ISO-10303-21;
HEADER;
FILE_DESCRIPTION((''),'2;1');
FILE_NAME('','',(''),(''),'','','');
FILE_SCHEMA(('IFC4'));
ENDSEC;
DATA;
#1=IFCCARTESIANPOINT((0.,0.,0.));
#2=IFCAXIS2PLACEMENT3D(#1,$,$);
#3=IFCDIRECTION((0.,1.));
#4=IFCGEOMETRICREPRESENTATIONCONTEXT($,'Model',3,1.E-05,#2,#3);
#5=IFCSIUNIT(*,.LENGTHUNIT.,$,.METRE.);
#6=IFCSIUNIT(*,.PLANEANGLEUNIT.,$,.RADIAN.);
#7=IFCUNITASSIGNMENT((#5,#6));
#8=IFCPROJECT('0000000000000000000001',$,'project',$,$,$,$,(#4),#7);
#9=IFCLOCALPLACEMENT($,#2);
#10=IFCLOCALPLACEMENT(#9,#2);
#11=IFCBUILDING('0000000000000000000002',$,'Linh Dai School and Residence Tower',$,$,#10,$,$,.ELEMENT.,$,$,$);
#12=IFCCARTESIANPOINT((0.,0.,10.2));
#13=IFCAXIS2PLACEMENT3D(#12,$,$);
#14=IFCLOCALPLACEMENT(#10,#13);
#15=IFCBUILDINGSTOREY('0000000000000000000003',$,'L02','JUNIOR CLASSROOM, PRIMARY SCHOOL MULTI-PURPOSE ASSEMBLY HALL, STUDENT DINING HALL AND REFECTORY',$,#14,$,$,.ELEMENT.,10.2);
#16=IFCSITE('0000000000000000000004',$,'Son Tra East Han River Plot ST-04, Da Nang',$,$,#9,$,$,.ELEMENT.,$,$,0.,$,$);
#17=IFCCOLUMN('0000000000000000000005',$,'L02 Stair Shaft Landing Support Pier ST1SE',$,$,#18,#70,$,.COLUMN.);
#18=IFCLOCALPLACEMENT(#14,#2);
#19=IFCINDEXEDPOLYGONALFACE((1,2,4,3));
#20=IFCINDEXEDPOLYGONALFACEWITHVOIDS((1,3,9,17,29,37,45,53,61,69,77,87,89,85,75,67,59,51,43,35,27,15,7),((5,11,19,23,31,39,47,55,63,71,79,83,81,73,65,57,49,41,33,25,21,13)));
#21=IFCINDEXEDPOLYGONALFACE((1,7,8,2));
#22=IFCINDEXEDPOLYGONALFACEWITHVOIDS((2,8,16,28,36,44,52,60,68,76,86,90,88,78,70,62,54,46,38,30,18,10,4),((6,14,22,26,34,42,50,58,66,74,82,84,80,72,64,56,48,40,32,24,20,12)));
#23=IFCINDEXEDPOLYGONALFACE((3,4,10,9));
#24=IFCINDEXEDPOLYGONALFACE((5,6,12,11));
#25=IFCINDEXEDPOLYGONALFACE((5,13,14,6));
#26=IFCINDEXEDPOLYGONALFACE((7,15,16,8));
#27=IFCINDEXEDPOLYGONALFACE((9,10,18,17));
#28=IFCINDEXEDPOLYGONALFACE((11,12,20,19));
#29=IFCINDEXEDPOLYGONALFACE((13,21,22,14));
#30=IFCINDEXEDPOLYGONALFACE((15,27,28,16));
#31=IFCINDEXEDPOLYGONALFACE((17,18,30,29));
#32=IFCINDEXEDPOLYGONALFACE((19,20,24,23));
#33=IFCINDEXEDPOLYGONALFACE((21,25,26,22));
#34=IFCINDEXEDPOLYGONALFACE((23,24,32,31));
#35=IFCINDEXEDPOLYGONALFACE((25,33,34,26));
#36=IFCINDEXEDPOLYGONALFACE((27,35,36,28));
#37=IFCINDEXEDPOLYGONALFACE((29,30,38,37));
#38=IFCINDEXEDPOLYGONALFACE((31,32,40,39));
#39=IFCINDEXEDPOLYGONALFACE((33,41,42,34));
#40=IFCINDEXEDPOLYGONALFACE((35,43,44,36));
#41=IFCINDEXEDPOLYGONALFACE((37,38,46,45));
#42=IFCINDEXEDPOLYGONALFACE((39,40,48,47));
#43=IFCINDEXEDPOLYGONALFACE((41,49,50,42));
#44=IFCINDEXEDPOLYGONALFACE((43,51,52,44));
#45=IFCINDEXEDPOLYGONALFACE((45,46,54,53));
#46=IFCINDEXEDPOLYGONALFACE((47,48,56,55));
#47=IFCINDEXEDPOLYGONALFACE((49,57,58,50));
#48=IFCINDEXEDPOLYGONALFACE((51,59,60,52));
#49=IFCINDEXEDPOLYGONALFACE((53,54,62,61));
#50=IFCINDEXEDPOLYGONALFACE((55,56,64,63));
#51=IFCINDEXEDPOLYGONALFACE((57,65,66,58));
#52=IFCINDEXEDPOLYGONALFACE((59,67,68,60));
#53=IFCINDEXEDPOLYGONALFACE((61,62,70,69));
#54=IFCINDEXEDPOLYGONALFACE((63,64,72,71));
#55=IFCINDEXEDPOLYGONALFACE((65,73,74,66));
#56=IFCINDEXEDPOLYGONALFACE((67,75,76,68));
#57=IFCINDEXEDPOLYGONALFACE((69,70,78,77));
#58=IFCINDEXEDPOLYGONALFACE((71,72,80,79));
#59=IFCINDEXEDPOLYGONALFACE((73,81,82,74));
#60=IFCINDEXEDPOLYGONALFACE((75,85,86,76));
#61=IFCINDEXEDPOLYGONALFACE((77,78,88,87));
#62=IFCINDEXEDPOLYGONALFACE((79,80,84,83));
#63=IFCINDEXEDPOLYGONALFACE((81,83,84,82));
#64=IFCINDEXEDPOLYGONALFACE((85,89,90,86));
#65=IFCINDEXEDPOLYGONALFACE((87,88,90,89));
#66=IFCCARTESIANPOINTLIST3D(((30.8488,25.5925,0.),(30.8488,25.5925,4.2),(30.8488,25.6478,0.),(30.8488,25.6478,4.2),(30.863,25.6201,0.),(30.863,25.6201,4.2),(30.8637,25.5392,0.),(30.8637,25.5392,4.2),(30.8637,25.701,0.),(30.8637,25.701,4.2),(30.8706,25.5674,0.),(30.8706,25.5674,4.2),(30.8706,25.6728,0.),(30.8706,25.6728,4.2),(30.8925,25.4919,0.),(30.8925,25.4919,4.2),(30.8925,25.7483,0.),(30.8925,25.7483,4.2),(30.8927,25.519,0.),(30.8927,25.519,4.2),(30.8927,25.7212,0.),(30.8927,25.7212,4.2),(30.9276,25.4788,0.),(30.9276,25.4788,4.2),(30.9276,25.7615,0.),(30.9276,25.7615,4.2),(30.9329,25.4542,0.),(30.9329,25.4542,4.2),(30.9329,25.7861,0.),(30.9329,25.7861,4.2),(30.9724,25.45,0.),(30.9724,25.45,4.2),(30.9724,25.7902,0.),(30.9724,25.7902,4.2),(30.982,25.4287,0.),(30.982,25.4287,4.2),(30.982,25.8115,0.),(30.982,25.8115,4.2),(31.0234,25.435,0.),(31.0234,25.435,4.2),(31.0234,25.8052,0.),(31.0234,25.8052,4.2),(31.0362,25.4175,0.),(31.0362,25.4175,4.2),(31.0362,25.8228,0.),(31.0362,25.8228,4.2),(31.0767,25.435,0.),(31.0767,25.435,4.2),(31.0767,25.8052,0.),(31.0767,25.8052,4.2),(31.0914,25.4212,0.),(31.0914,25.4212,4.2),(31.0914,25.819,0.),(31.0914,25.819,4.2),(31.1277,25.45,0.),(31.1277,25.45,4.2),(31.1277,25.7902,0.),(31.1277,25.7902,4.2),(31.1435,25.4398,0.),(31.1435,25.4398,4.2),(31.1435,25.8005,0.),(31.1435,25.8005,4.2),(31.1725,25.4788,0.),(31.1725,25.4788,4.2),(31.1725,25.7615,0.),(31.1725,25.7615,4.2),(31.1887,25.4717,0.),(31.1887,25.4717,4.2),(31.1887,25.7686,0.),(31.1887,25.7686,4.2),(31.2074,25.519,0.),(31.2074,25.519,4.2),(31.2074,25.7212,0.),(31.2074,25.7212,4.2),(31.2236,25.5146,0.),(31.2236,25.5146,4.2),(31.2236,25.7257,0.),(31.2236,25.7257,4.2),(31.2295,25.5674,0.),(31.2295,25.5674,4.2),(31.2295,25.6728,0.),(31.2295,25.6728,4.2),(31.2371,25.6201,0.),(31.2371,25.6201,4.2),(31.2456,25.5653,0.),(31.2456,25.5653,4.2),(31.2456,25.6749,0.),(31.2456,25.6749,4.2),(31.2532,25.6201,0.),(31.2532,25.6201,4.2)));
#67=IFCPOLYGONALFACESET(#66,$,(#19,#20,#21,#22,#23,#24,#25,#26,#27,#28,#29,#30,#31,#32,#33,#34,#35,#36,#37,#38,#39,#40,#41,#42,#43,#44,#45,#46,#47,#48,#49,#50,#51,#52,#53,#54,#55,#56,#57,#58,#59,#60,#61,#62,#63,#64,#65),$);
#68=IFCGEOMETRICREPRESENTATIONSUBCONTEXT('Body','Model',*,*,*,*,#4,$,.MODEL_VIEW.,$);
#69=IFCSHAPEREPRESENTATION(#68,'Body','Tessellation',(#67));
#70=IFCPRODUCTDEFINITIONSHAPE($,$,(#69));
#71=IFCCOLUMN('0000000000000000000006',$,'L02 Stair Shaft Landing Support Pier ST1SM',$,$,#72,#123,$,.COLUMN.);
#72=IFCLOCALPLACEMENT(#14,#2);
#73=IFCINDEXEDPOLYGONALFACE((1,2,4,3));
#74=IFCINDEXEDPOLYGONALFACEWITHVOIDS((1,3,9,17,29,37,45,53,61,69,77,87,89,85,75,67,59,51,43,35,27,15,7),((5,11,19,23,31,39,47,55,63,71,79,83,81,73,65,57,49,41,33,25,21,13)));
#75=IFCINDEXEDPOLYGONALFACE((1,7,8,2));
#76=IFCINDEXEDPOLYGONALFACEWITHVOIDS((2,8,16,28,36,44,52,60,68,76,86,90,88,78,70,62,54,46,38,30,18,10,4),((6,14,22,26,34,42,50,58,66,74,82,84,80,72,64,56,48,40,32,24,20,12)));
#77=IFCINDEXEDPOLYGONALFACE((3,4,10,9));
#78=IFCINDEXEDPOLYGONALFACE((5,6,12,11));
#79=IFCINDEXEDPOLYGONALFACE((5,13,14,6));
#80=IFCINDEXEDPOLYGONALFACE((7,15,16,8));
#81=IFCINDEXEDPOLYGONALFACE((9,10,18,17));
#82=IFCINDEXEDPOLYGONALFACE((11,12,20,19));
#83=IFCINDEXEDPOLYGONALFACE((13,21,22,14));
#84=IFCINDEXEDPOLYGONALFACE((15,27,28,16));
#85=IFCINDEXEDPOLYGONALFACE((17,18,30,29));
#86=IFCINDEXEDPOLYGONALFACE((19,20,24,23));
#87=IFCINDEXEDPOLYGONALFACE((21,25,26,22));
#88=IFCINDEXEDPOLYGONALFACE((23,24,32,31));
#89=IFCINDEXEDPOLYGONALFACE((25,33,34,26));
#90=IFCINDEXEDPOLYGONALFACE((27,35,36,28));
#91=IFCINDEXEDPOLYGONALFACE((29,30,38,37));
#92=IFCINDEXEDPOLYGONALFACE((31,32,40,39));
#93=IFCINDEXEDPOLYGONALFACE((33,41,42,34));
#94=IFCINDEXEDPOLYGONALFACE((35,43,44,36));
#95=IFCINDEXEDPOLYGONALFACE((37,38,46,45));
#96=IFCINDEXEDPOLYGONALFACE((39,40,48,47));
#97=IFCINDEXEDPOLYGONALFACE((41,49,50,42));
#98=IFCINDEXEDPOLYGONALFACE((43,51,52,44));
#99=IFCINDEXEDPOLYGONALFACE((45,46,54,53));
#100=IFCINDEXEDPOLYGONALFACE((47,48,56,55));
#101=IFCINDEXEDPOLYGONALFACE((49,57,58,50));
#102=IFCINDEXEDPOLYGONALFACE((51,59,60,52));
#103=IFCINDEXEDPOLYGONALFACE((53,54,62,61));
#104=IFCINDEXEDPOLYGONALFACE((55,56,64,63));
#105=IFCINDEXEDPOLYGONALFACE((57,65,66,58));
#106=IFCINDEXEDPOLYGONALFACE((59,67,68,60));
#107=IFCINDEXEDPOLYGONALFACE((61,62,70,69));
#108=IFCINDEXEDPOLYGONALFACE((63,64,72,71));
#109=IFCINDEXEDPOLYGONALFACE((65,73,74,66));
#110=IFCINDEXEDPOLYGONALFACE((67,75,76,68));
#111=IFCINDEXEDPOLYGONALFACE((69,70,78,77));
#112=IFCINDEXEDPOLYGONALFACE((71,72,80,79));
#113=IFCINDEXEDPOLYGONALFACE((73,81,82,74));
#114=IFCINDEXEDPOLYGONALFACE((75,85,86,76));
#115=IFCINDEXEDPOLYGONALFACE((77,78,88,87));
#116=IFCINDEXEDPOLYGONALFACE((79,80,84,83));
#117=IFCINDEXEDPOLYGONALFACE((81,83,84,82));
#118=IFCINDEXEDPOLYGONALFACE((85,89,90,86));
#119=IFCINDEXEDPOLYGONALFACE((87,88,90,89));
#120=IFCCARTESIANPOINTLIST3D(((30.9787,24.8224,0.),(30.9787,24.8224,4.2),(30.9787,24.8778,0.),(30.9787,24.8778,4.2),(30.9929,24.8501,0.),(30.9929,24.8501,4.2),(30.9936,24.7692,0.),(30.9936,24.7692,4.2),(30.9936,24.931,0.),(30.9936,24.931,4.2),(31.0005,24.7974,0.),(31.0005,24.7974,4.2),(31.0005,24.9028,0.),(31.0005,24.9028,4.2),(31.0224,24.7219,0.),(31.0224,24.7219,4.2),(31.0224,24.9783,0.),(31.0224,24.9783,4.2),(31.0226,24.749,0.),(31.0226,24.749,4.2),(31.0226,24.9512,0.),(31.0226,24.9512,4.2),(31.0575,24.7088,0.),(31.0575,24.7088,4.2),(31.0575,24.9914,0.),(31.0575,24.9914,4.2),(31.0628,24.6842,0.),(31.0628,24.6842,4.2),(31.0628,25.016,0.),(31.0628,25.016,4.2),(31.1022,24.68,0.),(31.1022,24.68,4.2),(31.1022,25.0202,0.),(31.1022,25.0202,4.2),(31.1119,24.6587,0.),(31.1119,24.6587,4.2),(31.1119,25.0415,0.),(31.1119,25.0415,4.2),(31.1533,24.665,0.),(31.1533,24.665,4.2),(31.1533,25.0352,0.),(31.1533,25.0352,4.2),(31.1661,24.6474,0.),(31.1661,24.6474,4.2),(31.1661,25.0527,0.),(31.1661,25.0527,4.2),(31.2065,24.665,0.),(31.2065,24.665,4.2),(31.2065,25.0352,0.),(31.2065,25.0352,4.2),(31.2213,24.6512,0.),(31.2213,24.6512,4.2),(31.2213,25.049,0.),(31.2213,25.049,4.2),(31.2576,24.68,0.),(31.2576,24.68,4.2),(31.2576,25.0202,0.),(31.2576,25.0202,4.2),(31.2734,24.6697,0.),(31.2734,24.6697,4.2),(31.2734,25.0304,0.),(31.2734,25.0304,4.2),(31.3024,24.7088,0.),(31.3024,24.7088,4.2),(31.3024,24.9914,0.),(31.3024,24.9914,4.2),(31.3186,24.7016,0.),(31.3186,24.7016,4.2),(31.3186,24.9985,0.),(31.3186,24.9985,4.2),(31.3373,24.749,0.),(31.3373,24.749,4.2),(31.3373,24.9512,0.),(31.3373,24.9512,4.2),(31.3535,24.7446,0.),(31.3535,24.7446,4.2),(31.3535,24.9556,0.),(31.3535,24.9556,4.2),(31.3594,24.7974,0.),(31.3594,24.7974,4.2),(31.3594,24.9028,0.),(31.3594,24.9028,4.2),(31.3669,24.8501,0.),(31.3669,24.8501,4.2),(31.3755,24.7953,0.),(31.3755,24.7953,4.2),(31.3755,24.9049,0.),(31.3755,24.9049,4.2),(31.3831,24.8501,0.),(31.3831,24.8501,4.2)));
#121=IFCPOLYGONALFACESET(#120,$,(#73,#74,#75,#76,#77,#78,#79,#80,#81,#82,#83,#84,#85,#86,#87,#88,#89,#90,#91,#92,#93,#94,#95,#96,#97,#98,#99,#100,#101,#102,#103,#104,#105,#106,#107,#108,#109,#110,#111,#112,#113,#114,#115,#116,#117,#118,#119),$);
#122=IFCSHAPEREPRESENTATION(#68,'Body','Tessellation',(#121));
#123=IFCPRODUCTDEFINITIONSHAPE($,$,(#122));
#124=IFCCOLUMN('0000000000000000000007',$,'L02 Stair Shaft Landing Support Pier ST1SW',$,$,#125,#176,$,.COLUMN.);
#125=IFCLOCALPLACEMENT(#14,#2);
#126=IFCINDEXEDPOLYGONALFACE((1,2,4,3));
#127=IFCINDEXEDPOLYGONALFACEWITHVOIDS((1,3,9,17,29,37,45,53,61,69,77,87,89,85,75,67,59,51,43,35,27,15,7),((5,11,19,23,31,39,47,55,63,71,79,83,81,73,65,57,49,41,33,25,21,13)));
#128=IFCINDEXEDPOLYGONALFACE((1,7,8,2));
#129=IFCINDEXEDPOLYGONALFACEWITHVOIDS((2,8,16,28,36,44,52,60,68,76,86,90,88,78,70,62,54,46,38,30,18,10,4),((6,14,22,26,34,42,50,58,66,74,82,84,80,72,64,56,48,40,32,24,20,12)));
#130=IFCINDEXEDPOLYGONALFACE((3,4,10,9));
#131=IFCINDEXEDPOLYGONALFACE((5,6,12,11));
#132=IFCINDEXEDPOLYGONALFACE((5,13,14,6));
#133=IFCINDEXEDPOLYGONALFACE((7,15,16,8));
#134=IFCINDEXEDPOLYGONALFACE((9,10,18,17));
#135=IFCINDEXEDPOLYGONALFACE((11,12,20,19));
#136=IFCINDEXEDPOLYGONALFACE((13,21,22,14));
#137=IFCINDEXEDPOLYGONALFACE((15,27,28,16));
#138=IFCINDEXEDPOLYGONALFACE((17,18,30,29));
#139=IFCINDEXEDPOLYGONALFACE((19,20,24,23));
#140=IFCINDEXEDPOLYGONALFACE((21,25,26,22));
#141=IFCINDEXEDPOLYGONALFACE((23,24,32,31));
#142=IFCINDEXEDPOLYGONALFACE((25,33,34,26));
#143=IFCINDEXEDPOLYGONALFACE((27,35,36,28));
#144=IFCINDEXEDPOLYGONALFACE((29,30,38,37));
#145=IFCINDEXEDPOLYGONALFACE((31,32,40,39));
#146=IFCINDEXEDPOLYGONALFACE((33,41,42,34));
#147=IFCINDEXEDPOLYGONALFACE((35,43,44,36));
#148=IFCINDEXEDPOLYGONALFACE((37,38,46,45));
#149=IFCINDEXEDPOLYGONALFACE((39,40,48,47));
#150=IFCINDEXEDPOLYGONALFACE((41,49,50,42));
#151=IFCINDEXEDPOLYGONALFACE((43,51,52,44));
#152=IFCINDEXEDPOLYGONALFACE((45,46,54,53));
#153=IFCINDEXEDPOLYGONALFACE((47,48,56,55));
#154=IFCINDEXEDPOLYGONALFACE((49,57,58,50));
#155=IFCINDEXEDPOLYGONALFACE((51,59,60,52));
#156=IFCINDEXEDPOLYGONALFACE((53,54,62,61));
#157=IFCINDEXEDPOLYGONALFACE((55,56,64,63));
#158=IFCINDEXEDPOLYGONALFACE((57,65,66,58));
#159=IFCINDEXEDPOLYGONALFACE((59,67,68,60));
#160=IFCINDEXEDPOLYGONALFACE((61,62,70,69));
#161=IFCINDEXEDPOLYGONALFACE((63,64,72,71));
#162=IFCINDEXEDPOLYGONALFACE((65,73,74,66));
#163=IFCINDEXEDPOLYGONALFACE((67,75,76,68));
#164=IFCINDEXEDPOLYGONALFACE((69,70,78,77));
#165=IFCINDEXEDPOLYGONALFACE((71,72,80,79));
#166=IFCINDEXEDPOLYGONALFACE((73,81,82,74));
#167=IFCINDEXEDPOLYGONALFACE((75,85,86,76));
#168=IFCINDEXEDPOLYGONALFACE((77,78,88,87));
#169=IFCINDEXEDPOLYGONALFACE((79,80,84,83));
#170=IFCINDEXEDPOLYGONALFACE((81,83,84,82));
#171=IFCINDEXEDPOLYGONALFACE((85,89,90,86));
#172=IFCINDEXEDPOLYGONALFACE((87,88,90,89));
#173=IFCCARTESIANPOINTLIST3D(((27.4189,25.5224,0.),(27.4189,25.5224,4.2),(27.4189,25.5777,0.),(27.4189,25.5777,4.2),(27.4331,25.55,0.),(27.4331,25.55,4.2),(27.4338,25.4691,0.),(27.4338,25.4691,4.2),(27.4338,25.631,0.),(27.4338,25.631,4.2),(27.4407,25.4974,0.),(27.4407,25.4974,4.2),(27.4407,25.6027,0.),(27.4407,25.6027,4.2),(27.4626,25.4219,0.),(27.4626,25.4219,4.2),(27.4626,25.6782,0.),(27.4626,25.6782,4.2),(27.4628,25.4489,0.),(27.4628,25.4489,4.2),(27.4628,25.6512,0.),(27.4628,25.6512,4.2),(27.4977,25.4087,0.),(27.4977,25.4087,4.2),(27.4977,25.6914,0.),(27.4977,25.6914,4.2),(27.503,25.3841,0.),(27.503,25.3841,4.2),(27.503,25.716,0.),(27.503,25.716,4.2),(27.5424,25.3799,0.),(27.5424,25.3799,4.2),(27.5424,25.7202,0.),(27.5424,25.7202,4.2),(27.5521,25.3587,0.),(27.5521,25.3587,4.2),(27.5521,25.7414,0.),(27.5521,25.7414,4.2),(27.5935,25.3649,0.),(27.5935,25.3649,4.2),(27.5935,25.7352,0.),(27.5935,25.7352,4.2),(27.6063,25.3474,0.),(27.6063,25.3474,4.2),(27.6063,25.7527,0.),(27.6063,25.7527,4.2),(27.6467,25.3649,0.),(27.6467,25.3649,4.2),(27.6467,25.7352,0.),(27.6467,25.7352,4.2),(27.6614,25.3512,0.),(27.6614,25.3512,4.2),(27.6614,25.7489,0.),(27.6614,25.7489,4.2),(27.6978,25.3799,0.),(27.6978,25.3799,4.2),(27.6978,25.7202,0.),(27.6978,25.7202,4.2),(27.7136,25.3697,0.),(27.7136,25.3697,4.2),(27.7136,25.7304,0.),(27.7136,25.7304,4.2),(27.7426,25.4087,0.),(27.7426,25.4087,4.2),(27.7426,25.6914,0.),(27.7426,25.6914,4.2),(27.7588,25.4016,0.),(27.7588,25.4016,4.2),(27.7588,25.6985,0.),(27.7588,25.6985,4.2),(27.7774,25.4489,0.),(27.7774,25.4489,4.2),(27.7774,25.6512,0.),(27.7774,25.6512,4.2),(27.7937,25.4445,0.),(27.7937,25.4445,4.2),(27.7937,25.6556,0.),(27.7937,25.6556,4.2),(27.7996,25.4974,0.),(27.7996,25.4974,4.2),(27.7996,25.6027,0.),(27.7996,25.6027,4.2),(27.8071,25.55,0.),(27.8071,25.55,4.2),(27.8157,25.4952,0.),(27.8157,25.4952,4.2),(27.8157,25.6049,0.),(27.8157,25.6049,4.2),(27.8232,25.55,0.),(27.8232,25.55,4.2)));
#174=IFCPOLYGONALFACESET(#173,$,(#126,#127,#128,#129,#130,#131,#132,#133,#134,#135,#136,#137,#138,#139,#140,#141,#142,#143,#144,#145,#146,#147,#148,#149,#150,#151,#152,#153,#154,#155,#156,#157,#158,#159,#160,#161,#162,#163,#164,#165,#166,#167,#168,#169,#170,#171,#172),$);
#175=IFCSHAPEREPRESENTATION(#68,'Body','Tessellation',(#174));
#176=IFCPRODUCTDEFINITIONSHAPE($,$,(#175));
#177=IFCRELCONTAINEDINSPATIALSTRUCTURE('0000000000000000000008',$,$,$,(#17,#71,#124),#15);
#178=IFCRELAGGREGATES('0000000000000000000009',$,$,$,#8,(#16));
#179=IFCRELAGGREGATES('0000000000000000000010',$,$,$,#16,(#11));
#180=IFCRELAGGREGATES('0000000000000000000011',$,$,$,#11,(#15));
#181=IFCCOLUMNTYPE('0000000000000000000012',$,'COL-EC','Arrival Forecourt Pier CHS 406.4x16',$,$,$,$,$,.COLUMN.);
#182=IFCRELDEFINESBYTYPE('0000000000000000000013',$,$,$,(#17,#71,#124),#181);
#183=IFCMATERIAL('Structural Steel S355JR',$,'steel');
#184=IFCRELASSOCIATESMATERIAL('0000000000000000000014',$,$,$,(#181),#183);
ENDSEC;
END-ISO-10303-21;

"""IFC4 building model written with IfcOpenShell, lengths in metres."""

from ifc_helpers import new_model, si_unit, direction, frame, origin, origin_2d, place, context, subcontext, project, spatial, hollow_circle, extrude, material, material_profile, profile_set, type_object, element, save


model = new_model("IFC4")

# Units and contexts
model_context = context("Model", 3, precision=1e-05, world=origin(), true_north=direction((0.0, 1.0)))
body_context = subcontext(model_context, "Body", "Model", "MODEL_VIEW")
ifc_project = project(units=[si_unit("LENGTHUNIT", "METRE"), si_unit("PLANEANGLEUNIT", "RADIAN")], contexts=[model_context])

# Site, building, storey
site_placement = place(None, origin())
site = spatial("IfcSite", under=ifc_project, at=site_placement, Name="Son Tra East Han River Plot ST-04, Da Nang", CompositionType="ELEMENT", RefElevation=0.0)
building_placement = place(site_placement, origin())
building = spatial("IfcBuilding", under=site, at=building_placement, Name="Linh Dai School and Residence Tower", CompositionType="ELEMENT")
storey_placement = place(building_placement, frame((0.0, 0.0, 10.2)))
storey = spatial("IfcBuildingStorey", under=building, at=storey_placement, Name="L02", Description="JUNIOR CLASSROOM, PRIMARY SCHOOL MULTI-PURPOSE ASSEMBLY HALL, STUDENT DINING HALL AND REFECTORY", CompositionType="ELEMENT", Elevation=10.2)

# Columns
ifc_material_1 = material(Name="Structural Steel S355JR", Category="steel")
ifc_material_profile_1 = material_profile(ifc_material_1, hollow_circle(Radius=0.2031, WallThickness=0.0161, at=origin_2d()), Name="CHS 406.4x16")
ifc_profile_set_1 = profile_set([ifc_material_profile_1], Name="Structural Steel S355JR")
column_type = type_object("IfcColumnType", Name="COL-EC", Description="Arrival Forecourt Pier CHS 406.4x16", PredefinedType="COLUMN", material=ifc_profile_set_1)
for number, where, z_axis, x_axis, name in (
    (1, (31.05, 25.6201, 0.0), (0.0, 0.0, 1.0), (1.0, 0.0, 0.0), "L02 Stair Shaft Landing Support Pier ST1SE"),
    (2, (31.1799, 24.8501, 0.0), (0.0, 0.0, 1.0), (1.0, 0.0, 0.0), "L02 Stair Shaft Landing Support Pier ST1SM"),
    (3, (27.6201, 25.55, 0.0), (0.0, 0.0, 1.0), (1.0, 0.0, 0.0), "L02 Stair Shaft Landing Support Pier ST1SW"),
):
    element("IfcColumn", number, at=place(storey_placement, frame(where, z_axis=z_axis, x_axis=x_axis)), inside=storey, type_object=column_type, Name=name, PredefinedType="COLUMN", context=body_context, shape_type="SweptSolid", body=[
        extrude(hollow_circle(Radius=0.2031, WallThickness=0.0161, at=origin_2d()), origin(), (0.0, 0.0, 1.0), 4.2),
    ])

save(model, "model.ifc")
